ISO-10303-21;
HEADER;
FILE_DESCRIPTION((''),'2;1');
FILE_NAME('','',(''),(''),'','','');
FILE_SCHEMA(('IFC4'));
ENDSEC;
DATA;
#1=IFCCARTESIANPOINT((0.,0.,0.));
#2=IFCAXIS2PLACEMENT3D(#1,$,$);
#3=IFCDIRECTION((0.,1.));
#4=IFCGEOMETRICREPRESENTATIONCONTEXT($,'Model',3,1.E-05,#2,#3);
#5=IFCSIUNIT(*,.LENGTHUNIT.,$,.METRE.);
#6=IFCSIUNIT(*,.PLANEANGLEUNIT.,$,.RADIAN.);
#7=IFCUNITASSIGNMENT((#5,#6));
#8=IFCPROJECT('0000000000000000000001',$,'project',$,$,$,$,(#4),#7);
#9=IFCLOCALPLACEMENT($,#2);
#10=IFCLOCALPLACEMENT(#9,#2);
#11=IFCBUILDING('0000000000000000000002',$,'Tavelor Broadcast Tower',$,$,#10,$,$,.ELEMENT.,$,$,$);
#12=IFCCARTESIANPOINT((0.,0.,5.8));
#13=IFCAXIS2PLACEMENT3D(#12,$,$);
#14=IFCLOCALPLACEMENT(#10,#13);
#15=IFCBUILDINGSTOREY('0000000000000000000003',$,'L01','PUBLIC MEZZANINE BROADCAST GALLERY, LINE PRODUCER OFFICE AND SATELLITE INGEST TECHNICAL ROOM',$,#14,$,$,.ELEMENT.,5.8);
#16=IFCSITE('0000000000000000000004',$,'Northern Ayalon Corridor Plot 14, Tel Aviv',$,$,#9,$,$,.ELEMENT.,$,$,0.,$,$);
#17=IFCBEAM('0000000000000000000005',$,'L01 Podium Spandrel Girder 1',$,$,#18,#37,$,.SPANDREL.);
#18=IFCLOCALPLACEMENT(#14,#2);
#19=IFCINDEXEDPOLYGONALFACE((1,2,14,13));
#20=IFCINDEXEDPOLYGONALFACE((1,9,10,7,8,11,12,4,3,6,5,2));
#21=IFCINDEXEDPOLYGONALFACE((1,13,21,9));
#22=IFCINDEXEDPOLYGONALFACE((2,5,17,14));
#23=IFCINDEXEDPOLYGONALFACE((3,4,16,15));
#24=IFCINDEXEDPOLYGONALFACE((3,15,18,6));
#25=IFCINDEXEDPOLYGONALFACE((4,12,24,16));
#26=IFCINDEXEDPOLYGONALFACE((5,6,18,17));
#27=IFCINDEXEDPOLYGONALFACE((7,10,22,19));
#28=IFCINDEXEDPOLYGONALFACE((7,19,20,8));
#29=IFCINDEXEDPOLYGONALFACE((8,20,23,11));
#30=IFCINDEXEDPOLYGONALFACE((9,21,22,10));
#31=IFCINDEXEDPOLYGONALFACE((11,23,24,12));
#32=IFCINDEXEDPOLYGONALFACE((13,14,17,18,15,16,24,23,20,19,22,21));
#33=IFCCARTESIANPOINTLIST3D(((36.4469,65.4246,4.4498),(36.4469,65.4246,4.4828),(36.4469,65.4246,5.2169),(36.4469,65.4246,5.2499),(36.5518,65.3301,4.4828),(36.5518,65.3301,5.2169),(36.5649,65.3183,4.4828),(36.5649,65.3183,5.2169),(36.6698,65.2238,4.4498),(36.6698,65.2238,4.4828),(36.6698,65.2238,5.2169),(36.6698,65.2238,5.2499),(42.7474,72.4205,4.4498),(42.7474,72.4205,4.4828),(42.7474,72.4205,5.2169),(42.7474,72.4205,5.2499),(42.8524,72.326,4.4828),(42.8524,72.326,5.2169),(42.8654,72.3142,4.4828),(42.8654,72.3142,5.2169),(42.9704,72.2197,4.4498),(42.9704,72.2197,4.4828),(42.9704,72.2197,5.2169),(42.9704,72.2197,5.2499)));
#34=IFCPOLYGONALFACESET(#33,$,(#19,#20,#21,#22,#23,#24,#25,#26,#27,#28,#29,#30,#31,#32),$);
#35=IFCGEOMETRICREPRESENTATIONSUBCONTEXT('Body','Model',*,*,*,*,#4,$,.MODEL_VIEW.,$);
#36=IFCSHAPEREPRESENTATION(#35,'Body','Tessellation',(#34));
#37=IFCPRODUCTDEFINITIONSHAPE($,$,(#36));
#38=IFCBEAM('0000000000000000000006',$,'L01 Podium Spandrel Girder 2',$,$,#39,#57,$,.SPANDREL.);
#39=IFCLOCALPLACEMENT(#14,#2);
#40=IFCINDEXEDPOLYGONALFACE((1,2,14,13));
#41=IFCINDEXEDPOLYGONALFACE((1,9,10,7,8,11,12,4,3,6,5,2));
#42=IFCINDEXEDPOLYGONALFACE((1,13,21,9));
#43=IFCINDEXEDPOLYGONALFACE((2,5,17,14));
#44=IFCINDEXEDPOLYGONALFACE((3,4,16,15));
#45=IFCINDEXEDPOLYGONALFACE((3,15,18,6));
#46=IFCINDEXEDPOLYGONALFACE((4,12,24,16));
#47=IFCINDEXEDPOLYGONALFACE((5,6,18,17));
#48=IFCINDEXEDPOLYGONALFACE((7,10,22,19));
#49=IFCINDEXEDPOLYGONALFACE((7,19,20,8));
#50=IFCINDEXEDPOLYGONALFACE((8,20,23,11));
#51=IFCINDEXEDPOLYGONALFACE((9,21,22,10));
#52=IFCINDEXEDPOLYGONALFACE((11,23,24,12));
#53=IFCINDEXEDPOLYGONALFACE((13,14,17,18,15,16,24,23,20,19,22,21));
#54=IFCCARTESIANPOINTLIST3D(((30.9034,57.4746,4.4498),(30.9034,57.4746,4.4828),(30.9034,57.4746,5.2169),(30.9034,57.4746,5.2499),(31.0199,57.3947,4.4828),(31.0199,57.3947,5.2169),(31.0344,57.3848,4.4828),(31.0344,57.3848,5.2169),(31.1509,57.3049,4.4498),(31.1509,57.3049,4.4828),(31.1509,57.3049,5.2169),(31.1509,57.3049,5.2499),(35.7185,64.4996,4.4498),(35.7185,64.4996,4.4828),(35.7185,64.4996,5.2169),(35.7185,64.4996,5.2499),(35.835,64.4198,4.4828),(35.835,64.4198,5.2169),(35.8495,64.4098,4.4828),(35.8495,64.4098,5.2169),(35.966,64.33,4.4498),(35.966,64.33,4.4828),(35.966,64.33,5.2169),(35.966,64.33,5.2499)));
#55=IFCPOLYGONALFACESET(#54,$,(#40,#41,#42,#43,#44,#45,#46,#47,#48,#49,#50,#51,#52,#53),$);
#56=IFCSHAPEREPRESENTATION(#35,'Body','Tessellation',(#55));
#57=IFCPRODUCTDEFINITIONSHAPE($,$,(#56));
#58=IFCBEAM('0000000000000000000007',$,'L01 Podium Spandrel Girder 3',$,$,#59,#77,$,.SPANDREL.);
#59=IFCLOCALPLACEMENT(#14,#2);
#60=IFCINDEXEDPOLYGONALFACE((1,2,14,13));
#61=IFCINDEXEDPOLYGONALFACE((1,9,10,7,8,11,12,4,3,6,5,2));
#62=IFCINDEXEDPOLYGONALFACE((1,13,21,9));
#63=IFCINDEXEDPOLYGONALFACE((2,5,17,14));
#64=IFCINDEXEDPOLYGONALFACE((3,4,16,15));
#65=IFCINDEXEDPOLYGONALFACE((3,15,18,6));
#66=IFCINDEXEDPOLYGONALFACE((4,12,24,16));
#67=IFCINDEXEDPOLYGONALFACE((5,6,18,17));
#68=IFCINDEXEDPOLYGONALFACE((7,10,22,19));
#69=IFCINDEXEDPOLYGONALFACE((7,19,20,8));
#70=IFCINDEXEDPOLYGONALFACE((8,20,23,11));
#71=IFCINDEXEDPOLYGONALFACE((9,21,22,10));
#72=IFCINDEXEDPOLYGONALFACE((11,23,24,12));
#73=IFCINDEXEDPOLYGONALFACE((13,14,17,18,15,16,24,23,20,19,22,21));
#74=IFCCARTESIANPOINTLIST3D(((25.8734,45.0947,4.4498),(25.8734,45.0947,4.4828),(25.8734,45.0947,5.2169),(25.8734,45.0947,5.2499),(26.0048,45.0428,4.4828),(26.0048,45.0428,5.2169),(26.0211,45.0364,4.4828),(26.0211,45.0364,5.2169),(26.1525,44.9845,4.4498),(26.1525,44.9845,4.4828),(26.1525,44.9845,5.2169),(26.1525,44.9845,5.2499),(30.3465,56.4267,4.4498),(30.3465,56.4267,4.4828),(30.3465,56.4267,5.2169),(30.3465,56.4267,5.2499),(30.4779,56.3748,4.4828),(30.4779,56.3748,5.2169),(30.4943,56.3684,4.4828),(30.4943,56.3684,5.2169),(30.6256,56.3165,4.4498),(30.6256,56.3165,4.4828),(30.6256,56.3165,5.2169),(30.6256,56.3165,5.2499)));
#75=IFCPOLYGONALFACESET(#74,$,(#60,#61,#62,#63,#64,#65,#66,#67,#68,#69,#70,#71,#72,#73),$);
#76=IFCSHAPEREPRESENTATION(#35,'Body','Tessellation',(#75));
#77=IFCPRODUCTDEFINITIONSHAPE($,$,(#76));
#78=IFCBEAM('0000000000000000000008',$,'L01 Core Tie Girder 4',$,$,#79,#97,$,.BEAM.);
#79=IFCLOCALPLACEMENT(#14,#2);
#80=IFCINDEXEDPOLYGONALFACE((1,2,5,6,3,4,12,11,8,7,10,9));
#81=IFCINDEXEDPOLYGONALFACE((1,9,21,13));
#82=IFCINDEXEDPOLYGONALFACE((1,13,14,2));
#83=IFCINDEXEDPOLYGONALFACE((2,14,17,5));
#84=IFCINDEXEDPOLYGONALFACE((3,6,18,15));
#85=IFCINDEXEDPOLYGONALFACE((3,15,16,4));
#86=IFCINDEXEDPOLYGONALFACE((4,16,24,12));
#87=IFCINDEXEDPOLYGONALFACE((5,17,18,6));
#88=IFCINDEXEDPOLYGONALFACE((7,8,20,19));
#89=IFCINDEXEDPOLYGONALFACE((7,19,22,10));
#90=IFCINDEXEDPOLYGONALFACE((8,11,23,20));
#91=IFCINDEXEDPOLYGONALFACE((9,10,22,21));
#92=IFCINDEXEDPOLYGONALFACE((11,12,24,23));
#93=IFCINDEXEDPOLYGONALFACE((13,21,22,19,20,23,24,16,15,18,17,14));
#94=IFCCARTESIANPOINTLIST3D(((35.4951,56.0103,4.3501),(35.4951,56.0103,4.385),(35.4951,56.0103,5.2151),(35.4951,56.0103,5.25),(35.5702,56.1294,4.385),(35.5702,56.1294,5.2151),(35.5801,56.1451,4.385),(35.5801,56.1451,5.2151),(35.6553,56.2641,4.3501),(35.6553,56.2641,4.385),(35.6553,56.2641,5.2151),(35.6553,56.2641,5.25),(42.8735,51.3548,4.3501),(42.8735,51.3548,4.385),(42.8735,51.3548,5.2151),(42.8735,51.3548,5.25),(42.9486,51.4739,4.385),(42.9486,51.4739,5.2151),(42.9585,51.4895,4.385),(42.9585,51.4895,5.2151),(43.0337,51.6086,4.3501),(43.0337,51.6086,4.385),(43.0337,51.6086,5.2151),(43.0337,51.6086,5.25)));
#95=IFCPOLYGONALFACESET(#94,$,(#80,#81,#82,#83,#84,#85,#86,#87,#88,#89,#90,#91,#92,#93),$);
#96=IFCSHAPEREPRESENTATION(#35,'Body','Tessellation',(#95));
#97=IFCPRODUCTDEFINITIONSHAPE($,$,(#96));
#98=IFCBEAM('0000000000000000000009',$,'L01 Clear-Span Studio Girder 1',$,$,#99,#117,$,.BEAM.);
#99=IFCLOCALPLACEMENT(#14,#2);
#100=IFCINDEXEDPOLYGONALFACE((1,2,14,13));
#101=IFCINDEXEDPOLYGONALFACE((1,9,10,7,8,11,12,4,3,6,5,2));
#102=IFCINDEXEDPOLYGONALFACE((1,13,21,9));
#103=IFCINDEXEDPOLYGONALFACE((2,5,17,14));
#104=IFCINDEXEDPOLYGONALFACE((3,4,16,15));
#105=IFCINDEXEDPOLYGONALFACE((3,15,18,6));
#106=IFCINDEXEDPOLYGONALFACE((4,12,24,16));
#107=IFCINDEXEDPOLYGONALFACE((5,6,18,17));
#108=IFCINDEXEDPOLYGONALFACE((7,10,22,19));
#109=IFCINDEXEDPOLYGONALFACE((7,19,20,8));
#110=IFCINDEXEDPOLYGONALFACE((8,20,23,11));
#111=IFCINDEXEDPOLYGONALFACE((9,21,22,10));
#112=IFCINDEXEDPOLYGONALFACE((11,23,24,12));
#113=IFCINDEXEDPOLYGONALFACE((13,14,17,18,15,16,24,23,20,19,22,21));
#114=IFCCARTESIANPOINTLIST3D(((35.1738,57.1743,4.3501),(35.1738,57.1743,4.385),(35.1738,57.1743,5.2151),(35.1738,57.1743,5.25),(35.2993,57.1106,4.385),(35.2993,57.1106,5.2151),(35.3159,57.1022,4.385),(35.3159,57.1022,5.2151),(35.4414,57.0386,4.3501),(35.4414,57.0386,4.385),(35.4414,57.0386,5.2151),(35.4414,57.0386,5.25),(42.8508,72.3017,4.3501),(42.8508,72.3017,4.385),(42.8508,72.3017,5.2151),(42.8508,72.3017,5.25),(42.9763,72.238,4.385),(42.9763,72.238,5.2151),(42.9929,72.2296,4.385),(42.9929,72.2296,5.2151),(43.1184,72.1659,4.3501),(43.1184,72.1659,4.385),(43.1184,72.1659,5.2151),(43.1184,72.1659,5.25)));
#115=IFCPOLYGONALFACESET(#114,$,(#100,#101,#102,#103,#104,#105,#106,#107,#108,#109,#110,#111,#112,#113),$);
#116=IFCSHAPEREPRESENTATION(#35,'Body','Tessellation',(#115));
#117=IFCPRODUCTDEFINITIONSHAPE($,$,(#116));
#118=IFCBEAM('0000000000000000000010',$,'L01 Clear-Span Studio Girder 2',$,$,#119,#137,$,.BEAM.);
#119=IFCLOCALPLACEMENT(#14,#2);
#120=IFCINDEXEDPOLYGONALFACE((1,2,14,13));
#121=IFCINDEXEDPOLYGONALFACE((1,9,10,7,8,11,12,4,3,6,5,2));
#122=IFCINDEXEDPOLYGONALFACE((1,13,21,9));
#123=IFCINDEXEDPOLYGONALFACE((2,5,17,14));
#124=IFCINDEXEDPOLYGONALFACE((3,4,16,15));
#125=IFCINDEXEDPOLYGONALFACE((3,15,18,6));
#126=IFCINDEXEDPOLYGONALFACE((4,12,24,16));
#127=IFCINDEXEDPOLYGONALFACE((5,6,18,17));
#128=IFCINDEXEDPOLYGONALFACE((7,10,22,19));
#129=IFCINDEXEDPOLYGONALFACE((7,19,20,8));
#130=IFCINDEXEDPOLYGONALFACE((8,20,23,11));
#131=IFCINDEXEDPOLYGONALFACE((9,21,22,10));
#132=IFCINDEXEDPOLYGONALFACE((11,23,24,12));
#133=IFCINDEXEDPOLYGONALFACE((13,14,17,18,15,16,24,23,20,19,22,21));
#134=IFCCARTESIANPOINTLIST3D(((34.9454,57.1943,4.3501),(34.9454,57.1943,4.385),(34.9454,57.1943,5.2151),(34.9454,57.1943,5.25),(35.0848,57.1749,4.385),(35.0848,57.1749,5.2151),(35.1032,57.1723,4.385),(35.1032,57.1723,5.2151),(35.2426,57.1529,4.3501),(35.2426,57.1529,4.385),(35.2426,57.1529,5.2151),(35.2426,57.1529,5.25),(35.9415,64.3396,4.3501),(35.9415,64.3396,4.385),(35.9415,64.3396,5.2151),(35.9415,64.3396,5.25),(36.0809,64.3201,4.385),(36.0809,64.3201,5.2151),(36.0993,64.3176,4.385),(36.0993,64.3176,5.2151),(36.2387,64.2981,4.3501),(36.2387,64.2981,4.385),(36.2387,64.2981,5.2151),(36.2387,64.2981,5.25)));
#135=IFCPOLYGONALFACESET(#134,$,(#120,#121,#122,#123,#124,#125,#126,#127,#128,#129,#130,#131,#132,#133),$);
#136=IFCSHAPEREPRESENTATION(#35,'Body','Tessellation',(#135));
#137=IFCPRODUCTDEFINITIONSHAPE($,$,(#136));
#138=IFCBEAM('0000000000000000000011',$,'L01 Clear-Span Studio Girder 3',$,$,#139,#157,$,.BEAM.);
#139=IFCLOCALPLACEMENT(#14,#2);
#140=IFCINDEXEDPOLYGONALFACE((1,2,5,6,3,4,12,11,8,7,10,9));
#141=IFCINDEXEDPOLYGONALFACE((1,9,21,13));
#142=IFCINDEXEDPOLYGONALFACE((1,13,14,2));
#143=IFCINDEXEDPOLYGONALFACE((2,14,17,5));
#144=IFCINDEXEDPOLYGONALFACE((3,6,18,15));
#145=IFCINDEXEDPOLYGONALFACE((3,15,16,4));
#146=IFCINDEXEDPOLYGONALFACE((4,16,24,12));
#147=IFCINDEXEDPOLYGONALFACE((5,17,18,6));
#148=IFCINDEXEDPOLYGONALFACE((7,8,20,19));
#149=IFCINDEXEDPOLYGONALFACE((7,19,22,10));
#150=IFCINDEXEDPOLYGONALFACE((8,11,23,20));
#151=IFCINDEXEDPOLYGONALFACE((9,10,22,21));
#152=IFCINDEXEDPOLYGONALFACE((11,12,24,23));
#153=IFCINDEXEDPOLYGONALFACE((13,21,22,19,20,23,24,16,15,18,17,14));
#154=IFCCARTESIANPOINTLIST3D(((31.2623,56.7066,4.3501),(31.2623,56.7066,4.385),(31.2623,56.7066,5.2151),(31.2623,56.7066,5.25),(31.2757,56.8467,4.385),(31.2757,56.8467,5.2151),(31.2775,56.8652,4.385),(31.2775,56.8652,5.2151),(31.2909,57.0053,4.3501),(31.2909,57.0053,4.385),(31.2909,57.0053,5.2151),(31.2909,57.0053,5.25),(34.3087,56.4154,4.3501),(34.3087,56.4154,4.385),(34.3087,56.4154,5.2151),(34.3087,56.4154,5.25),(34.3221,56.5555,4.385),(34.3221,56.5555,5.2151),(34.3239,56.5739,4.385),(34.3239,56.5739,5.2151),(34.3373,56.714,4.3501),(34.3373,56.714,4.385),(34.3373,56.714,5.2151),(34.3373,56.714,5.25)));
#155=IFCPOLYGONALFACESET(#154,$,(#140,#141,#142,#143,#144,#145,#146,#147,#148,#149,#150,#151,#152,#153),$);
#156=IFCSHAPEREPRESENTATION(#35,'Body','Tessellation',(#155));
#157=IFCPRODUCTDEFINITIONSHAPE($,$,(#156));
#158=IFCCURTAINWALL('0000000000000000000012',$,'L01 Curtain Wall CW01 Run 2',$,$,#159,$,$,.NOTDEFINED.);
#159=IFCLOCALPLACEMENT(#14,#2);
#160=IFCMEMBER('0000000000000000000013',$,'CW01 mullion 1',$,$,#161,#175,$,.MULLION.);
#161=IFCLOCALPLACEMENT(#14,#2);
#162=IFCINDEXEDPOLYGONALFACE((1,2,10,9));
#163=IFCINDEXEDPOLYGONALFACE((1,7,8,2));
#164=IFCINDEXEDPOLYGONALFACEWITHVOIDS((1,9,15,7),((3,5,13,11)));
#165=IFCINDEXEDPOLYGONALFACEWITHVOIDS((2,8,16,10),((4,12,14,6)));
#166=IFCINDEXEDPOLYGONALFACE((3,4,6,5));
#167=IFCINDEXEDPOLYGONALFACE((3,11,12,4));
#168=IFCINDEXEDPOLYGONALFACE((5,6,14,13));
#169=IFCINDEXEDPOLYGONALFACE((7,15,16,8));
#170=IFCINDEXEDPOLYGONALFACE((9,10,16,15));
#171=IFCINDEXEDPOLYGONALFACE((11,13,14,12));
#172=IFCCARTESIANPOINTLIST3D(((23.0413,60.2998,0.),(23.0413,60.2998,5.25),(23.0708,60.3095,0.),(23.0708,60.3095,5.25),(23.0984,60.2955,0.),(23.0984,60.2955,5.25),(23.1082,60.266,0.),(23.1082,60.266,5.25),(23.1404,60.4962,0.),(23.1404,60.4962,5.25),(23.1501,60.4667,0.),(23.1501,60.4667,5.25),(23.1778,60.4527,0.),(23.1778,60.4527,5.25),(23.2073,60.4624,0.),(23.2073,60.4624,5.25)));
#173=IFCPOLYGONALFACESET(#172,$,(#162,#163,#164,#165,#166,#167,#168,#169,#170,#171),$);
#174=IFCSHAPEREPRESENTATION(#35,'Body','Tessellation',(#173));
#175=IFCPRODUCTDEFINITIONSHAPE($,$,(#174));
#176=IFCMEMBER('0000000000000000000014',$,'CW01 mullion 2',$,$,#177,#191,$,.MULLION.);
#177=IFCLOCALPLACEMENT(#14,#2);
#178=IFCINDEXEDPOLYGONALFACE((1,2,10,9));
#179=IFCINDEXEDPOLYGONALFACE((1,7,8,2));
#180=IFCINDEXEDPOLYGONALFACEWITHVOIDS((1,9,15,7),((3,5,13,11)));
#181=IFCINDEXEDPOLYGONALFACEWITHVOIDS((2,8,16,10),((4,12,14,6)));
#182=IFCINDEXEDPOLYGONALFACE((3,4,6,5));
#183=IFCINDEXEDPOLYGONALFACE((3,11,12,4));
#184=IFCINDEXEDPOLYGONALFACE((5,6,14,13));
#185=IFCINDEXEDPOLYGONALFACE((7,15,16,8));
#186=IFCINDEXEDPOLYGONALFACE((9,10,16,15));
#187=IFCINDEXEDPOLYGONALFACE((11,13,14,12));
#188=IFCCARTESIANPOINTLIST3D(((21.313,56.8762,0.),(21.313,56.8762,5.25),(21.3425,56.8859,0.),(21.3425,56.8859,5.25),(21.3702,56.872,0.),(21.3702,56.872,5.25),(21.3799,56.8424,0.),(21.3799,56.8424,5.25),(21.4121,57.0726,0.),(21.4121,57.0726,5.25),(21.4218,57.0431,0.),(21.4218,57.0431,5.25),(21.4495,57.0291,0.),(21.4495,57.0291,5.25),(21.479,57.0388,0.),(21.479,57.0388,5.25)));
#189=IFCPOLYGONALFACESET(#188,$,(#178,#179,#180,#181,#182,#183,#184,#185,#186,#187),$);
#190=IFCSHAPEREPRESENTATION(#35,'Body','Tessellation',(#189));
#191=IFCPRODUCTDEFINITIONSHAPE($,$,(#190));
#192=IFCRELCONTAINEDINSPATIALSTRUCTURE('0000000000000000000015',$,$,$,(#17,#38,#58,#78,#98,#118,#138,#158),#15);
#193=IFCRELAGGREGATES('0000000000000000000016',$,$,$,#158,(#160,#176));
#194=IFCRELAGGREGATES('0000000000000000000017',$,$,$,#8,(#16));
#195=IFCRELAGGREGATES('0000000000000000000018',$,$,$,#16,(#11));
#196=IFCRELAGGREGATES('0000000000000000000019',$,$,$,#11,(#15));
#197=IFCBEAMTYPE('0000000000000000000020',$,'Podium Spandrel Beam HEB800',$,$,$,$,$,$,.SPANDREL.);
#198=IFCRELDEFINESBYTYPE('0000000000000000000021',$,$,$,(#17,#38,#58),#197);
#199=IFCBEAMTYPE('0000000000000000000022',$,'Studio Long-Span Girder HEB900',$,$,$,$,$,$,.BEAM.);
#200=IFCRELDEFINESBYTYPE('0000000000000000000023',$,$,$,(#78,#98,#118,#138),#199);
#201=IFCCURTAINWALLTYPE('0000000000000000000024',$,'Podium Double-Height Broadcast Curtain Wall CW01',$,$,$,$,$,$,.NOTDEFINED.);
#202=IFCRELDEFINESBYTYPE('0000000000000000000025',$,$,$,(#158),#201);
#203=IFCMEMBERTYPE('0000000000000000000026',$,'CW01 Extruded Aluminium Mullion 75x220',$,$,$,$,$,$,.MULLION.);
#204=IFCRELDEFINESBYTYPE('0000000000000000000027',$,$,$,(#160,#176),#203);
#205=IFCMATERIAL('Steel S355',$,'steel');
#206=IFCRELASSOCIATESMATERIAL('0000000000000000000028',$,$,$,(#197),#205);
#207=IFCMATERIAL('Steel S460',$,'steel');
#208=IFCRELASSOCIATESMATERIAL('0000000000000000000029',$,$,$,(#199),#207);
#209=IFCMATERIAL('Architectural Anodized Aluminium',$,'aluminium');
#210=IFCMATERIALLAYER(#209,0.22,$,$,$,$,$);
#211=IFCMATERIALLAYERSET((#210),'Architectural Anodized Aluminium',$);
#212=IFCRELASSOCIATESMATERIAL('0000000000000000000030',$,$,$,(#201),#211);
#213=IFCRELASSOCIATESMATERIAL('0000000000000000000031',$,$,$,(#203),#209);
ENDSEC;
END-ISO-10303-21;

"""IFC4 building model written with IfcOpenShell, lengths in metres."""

from ifc_helpers import new_model, si_unit, direction, frame, origin, origin_2d, place, context, subcontext, project, spatial, hollow_rectangle, i_section, extrude, source, transform, mapped, material, layer, layer_set, material_profile, profile_set, type_object, type_shapes, element, aggregate, save


model = new_model("IFC4")

# Units and contexts
model_context = context("Model", 3, precision=1e-05, world=origin(), true_north=direction((0.0, 1.0)))
body_context = subcontext(model_context, "Body", "Model", "MODEL_VIEW")
ifc_project = project(units=[si_unit("LENGTHUNIT", "METRE"), si_unit("PLANEANGLEUNIT", "RADIAN")], contexts=[model_context])

# Site, building, storey
site_placement = place(None, origin())
site = spatial("IfcSite", under=ifc_project, at=site_placement, Name="Northern Ayalon Corridor Plot 14, Tel Aviv", CompositionType="ELEMENT", RefElevation=0.0)
building_placement = place(site_placement, origin())
building = spatial("IfcBuilding", under=site, at=building_placement, Name="Tavelor Broadcast Tower", CompositionType="ELEMENT")
storey_placement = place(building_placement, frame((0.0, 0.0, 5.8)))
storey = spatial("IfcBuildingStorey", under=building, at=storey_placement, Name="L01", Description="PUBLIC MEZZANINE BROADCAST GALLERY, LINE PRODUCER OFFICE AND SATELLITE INGEST TECHNICAL ROOM", CompositionType="ELEMENT", Elevation=5.8)

# Shared definitions
ifc_material_1 = material(Name="Steel S460", Category="steel")

# Beams
ifc_material_2 = material(Name="Steel S355", Category="steel")
ifc_material_profile_1 = material_profile(ifc_material_2, i_section(OverallWidth=0.3, OverallDepth=0.8, WebThickness=0.0176, FlangeThickness=0.033, at=origin_2d()), Name="HEB 800")
ifc_profile_set_1 = profile_set([ifc_material_profile_1], Name="Steel S355")
beam_type_1 = type_object("IfcBeamType", Name="Podium Spandrel Beam HEB800", PredefinedType="SPANDREL", material=ifc_profile_set_1)
beam_1_placement = place(storey_placement, frame((42.8589, 72.3201, 4.8499), z_axis=(-0.669215, -0.743068, 0.0), x_axis=(0.743068, -0.669215, 0.0)))
element("IfcBeam", 1, at=beam_1_placement, inside=storey, type_object=beam_type_1, Name="L01 Podium Spandrel Girder 1", PredefinedType="SPANDREL", context=body_context, shape_type="SweptSolid", body=[
    extrude(i_section(OverallWidth=0.3, OverallDepth=0.8, WebThickness=0.0176, FlangeThickness=0.033, at=origin_2d()), origin(), (0.0, 0.0, 1.0), 9.4148),
])
beam_2_placement = place(storey_placement, frame((35.8423, 64.4148, 4.8499), z_axis=(-0.565364, -0.824842, 0.0), x_axis=(0.824842, -0.565364, 0.0)))
element("IfcBeam", 2, at=beam_2_placement, inside=storey, type_object=beam_type_1, Name="L01 Podium Spandrel Girder 2", PredefinedType="SPANDREL", context=body_context, shape_type="SweptSolid", body=[
    extrude(i_section(OverallWidth=0.3, OverallDepth=0.8, WebThickness=0.0176, FlangeThickness=0.033, at=origin_2d()), origin(), (0.0, 0.0, 1.0), 8.5168),
])
beam_3_placement = place(storey_placement, frame((30.4861, 56.3716, 4.8499), z_axis=(-0.367165, -0.930156, 0.0), x_axis=(0.930156, -0.367165, 0.0)))
element("IfcBeam", 3, at=beam_3_placement, inside=storey, type_object=beam_type_1, Name="L01 Podium Spandrel Girder 3", PredefinedType="SPANDREL", context=body_context, shape_type="SweptSolid", body=[
    extrude(i_section(OverallWidth=0.3, OverallDepth=0.8, WebThickness=0.0176, FlangeThickness=0.033, at=origin_2d()), origin(), (0.0, 0.0, 1.0), 12.1829),
])
ifc_material_profile_2 = material_profile(ifc_material_1, i_section(OverallWidth=0.3, OverallDepth=0.8999, WebThickness=0.0186, FlangeThickness=0.0349, at=origin_2d()), Name="HEB 900")
ifc_profile_set_2 = profile_set([ifc_material_profile_2], Name="Steel S460")
beam_type_2 = type_object("IfcBeamType", Name="Studio Long-Span Girder HEB900", PredefinedType="BEAM", material=ifc_profile_set_2)
beam_4_placement = place(storey_placement, frame((35.5752, 56.1372, 4.8), z_axis=(0.845724, -0.533621, 0.0), x_axis=(0.533621, 0.845724, 0.0)))
element("IfcBeam", 4, at=beam_4_placement, inside=storey, type_object=beam_type_2, Name="L01 Core Tie Girder 4", PredefinedType="BEAM", context=body_context, shape_type="SweptSolid", body=[
    extrude(i_section(OverallWidth=0.3, OverallDepth=0.8999, WebThickness=0.0186, FlangeThickness=0.0349, at=origin_2d()), origin(), (0.0, 0.0, 1.0), 8.7244),
])
beam_5_placement = place(storey_placement, frame((35.3076, 57.1064, 4.8), z_axis=(0.452548, 0.89174, 0.0), x_axis=(-0.89174, 0.452548, 0.0)))
element("IfcBeam", 5, at=beam_5_placement, inside=storey, type_object=beam_type_2, Name="L01 Clear-Span Studio Girder 1", PredefinedType="BEAM", context=body_context, shape_type="SweptSolid", body=[
    extrude(i_section(OverallWidth=0.3, OverallDepth=0.8999, WebThickness=0.0186, FlangeThickness=0.0349, at=origin_2d()), origin(), (0.0, 0.0, 1.0), 16.9639),
])
beam_6_placement = place(storey_placement, frame((35.094, 57.1736, 4.8), z_axis=(0.138071, 0.990422, 0.0), x_axis=(-0.990422, 0.138071, 0.0)))
element("IfcBeam", 6, at=beam_6_placement, inside=storey, type_object=beam_type_2, Name="L01 Clear-Span Studio Girder 2", PredefinedType="BEAM", context=body_context, shape_type="SweptSolid", body=[
    extrude(i_section(OverallWidth=0.3, OverallDepth=0.8999, WebThickness=0.0186, FlangeThickness=0.0349, at=origin_2d()), origin(), (0.0, 0.0, 1.0), 7.2144),
])
beam_7_placement = place(storey_placement, frame((34.323, 56.5647, 4.8), z_axis=(-0.995461, 0.095174, 0.0), x_axis=(-0.095174, -0.995461, 0.0)))
element("IfcBeam", 7, at=beam_7_placement, inside=storey, type_object=beam_type_2, Name="L01 Clear-Span Studio Girder 3", PredefinedType="BEAM", context=body_context, shape_type="SweptSolid", body=[
    extrude(i_section(OverallWidth=0.3, OverallDepth=0.8999, WebThickness=0.0186, FlangeThickness=0.0349, at=origin_2d()), origin(), (0.0, 0.0, 1.0), 3.0603),
])

# Curtain wall, members
ifc_material_3 = material(Name="Architectural Anodized Aluminium", Category="aluminium")
ifc_layer_1 = layer(ifc_material_3, 0.22)
ifc_layer_set_1 = layer_set([ifc_layer_1], Name="Architectural Anodized Aluminium")
curtain_wall_type = type_object("IfcCurtainWallType", Name="Podium Double-Height Broadcast Curtain Wall CW01", PredefinedType="NOTDEFINED", material=ifc_layer_set_1)
curtain_wall_placement = place(storey_placement, origin())
curtain_wall = element("IfcCurtainWall", 8, at=curtain_wall_placement, inside=storey, type_object=curtain_wall_type, Name="L01 Curtain Wall CW01 Run 2", PredefinedType="NOTDEFINED")
ifc_material_profile_3 = material_profile(ifc_material_3, hollow_rectangle(XDim=0.075, YDim=0.22, WallThickness=0.022, at=origin_2d()), Name="RHS 75x220x22")
ifc_profile_set_3 = profile_set([ifc_material_profile_3], Name="Architectural Anodized Aluminium")
member_type_1 = type_object("IfcMemberType", Name="CW01 Extruded Aluminium Mullion 75x220", PredefinedType="MULLION", material=ifc_profile_set_3)
shared_shape_1 = source(origin(), body_context, "Body", "SweptSolid", [
    extrude(hollow_rectangle(XDim=0.075, YDim=0.22, WallThickness=0.022, at=origin_2d()), origin(), (0.0, 0.0, 1.0), 5.25),
])
type_shapes(member_type_1, [shared_shape_1])
member_1_placement = place(storey_placement, frame((23.1243, 60.3811, 0.0), z_axis=(0.0, 0.0, 1.0), x_axis=(0.892711, -0.450629, 0.0)))
member_1 = element("IfcMember", 9, at=member_1_placement, type_object=member_type_1, Name="CW01 mullion 1", PredefinedType="MULLION", context=body_context, shape_type="MappedRepresentation", body=[
    mapped(shared_shape_1, transform((0.0, 0.0, 0.0), scale=1.0)),
])
member_2_placement = place(storey_placement, frame((21.396, 56.9575, 0.0), z_axis=(0.0, 0.0, 1.0), x_axis=(0.892711, -0.450629, 0.0)))
member_2 = element("IfcMember", 10, at=member_2_placement, type_object=member_type_1, Name="CW01 mullion 2", PredefinedType="MULLION", context=body_context, shape_type="MappedRepresentation", body=[
    mapped(shared_shape_1, transform((0.0, 0.0, 0.0), scale=1.0)),
])

aggregate(curtain_wall, [member_1, member_2])

save(model, "model.ifc")
